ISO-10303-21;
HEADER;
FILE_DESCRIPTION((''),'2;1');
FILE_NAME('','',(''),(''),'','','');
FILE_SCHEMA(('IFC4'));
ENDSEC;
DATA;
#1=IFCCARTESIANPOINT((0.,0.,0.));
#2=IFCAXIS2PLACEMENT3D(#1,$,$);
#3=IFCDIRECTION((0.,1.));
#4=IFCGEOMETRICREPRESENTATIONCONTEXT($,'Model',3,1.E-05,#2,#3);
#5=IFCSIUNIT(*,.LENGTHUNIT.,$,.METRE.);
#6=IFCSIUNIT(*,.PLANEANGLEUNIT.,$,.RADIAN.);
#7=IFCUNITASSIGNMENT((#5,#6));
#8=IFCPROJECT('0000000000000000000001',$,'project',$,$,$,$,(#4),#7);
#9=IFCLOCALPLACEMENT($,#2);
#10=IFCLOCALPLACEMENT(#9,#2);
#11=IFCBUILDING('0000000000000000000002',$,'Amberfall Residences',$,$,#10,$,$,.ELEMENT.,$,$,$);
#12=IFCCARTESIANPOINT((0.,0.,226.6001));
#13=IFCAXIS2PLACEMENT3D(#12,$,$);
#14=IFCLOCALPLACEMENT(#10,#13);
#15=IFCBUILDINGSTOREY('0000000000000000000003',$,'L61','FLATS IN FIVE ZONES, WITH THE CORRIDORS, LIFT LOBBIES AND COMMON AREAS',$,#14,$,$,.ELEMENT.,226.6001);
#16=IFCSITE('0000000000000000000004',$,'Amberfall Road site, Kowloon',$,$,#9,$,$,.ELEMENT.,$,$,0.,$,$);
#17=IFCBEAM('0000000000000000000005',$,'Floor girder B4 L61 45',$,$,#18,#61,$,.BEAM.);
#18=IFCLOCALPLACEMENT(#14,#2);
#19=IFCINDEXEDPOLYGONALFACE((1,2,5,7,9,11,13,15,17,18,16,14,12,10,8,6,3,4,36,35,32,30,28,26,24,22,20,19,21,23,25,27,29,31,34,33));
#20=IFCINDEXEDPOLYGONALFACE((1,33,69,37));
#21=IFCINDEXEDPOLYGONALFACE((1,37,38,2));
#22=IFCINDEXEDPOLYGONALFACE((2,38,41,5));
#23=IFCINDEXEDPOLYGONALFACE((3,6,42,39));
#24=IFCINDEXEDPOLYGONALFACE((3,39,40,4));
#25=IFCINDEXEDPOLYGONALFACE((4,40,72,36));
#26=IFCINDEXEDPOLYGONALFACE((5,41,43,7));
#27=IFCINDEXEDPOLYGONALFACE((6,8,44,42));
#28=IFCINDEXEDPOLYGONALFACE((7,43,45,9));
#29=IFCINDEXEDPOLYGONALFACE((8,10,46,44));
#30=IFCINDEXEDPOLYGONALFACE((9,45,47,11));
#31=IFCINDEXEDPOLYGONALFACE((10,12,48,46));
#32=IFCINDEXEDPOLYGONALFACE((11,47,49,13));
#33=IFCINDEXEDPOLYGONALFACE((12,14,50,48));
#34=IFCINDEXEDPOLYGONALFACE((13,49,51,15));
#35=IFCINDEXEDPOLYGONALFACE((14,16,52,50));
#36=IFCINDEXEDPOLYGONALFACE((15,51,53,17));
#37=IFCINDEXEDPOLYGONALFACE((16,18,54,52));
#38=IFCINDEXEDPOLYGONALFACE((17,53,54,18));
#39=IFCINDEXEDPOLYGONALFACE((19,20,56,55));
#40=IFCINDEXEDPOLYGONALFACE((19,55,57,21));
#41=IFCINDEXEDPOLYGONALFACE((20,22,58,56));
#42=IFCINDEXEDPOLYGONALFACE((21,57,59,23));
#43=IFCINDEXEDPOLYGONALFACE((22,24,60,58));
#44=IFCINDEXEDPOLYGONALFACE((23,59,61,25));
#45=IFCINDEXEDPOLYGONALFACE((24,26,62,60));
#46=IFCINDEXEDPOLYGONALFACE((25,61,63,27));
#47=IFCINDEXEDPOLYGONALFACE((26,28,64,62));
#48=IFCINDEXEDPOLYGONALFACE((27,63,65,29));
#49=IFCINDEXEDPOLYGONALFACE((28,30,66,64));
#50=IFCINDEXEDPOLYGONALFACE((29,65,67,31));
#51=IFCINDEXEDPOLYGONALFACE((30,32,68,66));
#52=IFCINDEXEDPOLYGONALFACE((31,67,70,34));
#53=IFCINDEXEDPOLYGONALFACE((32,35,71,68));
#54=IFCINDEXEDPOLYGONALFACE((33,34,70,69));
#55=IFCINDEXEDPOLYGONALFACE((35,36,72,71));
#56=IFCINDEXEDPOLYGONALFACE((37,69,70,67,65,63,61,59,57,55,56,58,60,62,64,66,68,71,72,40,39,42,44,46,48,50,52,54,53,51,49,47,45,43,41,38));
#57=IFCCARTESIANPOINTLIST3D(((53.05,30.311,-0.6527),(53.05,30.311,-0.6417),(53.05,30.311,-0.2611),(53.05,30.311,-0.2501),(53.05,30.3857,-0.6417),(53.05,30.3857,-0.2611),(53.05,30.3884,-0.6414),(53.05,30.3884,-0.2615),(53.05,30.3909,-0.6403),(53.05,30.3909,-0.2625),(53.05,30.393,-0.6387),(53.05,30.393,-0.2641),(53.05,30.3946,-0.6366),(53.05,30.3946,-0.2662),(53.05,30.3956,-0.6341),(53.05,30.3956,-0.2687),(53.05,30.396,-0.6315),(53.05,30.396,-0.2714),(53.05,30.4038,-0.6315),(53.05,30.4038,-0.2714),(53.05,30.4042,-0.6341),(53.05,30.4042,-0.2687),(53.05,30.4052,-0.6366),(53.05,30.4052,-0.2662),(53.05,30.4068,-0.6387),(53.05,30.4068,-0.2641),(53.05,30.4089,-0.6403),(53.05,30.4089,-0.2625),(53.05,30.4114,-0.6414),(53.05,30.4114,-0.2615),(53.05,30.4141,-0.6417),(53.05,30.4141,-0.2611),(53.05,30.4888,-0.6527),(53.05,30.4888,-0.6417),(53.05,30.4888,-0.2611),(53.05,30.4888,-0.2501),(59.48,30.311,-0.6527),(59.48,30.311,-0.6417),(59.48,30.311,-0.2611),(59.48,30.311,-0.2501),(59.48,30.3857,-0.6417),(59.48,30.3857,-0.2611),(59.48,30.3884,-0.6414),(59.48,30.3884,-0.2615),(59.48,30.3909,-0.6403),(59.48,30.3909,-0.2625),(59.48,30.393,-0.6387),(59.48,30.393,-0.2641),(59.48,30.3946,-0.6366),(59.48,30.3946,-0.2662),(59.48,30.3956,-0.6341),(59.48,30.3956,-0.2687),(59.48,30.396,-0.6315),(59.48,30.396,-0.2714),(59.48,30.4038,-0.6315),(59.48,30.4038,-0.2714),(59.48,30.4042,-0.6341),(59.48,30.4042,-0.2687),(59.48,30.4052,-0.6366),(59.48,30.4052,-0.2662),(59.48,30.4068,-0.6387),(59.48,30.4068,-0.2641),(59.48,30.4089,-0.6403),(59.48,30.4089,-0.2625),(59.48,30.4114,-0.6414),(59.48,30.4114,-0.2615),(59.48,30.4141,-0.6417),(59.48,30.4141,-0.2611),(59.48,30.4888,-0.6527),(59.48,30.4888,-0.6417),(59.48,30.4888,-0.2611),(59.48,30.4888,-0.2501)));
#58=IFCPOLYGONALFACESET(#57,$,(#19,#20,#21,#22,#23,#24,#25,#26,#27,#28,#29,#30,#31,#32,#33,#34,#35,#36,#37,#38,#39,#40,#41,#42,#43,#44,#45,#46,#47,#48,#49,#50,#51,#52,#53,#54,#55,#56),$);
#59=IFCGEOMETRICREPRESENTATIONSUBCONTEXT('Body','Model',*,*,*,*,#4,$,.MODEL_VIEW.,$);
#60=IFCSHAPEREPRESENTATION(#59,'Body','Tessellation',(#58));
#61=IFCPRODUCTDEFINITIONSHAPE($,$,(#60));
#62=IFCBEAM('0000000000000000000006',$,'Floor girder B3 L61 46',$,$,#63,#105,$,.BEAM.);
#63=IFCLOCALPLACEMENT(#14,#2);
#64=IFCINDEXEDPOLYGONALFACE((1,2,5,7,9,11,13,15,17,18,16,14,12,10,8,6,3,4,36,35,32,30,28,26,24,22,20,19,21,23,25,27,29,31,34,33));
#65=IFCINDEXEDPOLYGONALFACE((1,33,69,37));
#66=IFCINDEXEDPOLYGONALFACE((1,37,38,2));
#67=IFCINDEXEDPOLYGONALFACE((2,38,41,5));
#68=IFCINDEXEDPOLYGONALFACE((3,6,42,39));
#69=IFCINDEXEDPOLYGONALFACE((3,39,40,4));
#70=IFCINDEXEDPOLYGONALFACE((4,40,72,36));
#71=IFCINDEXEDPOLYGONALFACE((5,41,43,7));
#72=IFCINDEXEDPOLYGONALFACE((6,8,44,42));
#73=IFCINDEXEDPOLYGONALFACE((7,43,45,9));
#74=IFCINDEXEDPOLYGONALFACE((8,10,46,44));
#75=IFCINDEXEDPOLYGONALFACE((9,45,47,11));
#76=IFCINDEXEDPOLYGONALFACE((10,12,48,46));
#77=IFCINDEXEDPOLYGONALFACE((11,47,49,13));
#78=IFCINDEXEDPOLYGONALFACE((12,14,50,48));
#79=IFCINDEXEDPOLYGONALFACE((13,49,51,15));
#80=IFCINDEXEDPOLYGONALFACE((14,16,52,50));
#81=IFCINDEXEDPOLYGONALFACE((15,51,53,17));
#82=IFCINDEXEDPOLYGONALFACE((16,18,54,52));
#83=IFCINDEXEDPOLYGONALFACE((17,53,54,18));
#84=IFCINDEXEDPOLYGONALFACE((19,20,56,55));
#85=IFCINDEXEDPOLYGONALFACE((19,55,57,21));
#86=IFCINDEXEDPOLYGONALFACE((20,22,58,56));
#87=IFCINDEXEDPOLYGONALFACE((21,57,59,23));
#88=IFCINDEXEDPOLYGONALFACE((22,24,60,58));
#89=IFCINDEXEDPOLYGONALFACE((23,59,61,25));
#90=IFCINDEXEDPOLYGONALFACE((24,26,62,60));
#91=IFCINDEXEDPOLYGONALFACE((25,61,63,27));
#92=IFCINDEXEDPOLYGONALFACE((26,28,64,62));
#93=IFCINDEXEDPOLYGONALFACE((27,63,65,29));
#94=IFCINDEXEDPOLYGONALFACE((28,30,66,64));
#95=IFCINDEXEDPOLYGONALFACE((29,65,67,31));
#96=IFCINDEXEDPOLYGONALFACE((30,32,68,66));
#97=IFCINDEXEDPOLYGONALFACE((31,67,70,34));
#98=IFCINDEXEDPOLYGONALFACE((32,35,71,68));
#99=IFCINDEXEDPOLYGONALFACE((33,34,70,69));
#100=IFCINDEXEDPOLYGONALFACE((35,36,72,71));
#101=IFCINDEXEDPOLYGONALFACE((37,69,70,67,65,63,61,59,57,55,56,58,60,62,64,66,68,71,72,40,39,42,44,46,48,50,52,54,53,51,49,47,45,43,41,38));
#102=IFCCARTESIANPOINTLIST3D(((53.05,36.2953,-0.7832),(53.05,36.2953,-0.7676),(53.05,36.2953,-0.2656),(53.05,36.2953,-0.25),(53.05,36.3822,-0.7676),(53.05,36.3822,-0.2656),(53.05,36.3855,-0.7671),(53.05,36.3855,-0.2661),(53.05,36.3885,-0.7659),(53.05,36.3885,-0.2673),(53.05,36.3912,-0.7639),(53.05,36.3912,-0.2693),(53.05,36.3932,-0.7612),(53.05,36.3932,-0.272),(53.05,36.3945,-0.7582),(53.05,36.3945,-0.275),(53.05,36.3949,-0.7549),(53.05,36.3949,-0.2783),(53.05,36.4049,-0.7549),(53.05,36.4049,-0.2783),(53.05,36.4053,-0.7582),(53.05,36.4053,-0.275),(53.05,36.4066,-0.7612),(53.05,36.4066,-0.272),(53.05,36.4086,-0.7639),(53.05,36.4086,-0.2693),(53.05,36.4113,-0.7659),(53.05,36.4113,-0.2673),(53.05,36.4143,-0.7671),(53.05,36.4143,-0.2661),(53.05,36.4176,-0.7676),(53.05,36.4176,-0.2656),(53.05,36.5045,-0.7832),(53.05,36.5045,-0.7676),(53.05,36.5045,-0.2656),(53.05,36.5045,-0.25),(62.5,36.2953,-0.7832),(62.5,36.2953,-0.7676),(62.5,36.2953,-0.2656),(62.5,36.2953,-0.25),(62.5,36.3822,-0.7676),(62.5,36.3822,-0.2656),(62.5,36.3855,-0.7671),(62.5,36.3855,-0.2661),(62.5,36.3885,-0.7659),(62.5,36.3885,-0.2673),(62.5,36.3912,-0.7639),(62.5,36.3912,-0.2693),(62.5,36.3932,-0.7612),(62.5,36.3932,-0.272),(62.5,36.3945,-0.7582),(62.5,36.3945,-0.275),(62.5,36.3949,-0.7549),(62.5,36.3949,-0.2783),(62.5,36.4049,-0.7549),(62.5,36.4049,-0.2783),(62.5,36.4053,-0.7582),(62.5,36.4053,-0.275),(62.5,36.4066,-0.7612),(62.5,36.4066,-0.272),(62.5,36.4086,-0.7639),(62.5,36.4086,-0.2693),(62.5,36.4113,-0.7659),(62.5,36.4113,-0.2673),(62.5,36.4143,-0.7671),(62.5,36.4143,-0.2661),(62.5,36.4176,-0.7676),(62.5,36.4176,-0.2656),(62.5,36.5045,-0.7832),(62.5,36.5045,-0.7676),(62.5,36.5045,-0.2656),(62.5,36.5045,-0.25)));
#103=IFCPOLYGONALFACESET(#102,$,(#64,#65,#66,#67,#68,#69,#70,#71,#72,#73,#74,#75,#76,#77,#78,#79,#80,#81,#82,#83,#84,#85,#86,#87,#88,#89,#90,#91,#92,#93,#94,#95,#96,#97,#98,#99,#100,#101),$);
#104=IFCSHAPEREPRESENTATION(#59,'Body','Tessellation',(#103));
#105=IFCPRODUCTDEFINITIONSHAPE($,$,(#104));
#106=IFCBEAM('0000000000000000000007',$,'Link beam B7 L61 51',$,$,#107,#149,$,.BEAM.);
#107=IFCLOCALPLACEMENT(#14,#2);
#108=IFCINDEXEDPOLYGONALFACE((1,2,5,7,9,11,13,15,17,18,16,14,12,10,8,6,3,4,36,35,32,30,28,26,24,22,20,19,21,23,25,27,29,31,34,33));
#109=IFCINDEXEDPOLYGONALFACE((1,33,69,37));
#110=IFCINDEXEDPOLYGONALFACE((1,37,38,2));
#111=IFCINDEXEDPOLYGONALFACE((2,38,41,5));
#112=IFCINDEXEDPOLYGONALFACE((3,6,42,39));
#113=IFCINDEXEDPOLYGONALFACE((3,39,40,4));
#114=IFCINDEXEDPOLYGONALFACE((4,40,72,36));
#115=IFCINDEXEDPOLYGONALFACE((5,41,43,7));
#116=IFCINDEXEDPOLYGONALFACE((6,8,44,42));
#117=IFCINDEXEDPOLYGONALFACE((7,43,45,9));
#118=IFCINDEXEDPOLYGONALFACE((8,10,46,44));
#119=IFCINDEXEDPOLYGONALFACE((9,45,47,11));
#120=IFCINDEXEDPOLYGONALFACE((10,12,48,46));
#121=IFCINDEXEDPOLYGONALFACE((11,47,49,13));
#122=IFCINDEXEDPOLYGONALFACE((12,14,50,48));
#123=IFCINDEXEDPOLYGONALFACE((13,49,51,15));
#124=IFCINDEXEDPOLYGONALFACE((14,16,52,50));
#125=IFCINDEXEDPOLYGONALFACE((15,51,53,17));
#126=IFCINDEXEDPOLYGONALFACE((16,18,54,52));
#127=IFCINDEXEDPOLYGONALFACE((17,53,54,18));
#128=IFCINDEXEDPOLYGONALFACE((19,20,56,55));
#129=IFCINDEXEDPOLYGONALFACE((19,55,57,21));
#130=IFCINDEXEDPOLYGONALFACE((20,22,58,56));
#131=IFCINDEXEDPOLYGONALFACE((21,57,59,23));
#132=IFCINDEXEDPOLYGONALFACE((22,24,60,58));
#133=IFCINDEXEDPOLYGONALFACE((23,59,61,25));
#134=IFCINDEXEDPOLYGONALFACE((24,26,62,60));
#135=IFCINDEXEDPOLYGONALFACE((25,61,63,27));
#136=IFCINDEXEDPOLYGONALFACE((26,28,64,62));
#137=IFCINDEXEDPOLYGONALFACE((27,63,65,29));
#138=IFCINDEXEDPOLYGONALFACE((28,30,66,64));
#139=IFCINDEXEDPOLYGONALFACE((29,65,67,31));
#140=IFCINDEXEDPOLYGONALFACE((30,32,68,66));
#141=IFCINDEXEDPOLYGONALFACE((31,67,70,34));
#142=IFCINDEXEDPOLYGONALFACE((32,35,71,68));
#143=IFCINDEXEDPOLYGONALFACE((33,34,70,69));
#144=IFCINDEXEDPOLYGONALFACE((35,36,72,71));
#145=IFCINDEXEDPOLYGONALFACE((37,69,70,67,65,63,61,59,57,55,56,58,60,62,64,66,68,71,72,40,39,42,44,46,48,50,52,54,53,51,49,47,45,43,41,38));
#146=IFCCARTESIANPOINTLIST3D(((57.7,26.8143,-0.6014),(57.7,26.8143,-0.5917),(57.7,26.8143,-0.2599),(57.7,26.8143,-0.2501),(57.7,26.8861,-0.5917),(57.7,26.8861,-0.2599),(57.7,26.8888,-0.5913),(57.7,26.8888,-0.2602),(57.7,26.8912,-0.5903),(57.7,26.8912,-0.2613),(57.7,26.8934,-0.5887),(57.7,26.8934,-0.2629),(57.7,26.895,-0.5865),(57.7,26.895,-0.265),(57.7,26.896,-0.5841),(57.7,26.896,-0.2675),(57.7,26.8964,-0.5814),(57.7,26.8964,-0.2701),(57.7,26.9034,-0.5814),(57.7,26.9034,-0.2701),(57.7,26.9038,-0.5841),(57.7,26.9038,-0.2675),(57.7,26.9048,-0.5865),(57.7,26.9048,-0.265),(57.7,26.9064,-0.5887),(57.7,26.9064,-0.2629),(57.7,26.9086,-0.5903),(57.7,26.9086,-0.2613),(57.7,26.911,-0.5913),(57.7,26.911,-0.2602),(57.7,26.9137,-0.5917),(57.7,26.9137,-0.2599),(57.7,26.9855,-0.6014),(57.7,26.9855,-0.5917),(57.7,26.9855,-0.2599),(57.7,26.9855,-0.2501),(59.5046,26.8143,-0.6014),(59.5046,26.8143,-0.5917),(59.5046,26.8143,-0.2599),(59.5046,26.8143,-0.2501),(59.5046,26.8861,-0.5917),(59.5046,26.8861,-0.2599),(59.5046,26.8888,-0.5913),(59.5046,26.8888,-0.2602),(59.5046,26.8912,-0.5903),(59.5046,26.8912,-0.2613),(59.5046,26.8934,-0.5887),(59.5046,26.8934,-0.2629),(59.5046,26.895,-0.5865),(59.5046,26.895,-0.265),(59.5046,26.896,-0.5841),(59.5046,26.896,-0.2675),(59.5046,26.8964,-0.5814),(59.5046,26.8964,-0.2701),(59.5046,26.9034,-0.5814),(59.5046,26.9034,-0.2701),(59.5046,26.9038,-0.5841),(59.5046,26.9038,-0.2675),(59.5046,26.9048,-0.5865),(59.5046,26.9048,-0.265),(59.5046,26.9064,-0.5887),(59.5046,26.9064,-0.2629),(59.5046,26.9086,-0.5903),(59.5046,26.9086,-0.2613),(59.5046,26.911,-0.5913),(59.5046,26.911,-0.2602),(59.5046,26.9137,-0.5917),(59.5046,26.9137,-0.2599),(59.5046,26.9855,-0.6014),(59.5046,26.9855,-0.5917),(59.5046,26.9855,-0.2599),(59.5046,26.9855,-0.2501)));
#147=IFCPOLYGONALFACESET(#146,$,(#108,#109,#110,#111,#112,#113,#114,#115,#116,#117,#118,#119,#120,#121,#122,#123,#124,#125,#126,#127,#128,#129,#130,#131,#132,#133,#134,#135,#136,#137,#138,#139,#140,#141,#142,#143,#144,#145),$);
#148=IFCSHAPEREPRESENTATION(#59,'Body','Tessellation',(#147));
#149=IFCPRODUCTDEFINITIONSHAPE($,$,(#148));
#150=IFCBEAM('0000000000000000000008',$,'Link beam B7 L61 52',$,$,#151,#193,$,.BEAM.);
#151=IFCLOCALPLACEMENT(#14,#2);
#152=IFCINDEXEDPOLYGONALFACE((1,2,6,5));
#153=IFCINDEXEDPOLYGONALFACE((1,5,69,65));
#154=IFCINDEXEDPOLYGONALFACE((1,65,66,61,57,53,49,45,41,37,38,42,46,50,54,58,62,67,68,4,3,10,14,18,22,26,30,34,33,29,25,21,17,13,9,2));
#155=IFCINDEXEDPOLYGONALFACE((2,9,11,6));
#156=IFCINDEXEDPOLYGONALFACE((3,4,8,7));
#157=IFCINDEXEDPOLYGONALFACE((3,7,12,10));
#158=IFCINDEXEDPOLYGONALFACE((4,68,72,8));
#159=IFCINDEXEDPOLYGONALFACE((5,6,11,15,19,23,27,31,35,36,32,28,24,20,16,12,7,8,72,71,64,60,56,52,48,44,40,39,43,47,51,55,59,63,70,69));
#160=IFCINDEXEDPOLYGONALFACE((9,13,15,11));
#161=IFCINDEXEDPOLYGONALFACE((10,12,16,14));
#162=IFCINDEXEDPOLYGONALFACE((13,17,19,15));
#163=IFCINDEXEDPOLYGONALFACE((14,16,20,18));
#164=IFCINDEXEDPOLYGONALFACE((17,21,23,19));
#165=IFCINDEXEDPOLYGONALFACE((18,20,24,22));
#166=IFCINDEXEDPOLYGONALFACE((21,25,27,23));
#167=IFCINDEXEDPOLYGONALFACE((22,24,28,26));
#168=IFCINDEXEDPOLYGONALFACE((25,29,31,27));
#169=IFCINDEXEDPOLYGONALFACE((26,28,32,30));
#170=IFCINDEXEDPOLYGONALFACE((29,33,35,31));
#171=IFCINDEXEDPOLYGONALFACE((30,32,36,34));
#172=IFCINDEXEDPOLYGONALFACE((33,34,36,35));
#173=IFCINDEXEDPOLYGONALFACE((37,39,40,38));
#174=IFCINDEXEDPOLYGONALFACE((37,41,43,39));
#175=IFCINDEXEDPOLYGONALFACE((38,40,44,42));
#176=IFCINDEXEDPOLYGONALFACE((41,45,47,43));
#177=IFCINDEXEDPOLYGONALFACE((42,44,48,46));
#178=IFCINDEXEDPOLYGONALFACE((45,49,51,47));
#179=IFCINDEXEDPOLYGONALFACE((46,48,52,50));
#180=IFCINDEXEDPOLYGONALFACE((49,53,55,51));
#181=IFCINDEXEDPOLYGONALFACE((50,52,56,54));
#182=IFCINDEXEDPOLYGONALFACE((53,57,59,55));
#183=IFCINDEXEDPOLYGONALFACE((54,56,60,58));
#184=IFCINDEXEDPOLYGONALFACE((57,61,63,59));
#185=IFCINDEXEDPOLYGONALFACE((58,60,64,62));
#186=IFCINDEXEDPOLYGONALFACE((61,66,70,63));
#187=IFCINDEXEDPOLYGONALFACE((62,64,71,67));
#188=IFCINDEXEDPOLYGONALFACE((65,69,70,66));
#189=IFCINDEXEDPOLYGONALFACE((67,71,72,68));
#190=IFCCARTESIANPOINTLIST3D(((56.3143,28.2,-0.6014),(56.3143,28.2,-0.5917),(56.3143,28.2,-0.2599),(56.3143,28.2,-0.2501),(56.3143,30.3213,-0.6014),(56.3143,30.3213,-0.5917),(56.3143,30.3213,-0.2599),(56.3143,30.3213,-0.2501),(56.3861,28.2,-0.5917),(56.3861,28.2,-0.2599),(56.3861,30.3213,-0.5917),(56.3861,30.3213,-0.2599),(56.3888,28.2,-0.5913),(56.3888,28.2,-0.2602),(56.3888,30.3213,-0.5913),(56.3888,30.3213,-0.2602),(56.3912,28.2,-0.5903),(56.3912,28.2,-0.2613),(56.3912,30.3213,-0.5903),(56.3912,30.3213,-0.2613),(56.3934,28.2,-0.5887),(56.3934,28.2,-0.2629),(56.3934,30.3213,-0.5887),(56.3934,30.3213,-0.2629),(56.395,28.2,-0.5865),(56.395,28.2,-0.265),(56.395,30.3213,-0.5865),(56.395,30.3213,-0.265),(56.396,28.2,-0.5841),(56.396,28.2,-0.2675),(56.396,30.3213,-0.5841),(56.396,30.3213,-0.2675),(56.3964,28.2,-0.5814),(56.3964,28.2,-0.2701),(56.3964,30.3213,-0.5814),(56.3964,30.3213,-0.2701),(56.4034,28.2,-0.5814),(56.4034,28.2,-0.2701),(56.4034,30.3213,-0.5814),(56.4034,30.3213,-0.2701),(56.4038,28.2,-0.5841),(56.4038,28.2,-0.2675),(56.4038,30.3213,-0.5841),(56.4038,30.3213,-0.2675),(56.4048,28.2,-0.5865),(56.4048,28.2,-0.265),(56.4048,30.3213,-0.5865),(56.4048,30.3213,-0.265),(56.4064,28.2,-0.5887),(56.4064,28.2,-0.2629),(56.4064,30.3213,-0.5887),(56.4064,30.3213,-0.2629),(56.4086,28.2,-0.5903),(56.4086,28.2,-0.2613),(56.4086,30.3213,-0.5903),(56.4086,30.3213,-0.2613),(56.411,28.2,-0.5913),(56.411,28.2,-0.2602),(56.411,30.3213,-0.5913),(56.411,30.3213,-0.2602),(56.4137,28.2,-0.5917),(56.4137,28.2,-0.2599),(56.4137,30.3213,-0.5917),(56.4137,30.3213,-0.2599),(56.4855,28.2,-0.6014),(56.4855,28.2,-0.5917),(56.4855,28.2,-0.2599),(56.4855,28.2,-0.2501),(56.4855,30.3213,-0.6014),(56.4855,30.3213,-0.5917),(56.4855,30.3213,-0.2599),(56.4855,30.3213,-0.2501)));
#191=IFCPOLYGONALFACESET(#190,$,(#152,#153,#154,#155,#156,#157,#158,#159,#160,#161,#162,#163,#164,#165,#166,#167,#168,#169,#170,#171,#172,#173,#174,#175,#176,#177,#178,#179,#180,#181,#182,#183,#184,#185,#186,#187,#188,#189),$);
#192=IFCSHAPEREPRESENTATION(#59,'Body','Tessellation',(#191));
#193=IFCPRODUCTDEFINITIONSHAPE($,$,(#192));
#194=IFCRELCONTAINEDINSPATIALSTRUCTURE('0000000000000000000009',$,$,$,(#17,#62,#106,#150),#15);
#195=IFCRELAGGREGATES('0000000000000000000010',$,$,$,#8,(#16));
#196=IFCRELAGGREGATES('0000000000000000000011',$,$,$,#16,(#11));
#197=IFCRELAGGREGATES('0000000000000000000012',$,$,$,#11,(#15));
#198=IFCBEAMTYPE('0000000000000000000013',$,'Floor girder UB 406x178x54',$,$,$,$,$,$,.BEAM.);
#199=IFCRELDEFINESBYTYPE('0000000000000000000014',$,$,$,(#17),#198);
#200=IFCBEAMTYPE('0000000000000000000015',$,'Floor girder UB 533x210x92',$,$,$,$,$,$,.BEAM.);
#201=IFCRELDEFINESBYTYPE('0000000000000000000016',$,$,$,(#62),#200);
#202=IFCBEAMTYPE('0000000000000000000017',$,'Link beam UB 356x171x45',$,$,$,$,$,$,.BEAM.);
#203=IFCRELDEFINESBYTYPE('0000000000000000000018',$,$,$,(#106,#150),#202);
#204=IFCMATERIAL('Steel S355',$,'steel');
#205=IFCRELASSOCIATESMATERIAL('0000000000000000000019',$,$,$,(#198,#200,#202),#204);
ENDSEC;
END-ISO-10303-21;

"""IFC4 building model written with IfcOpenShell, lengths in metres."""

from ifc_helpers import new_model, si_unit, direction, frame, origin, origin_2d, place, context, subcontext, project, spatial, i_section, extrude, material, material_profile, profile_set, type_object, element, save


model = new_model("IFC4")

# Units and contexts
model_context = context("Model", 3, precision=1e-05, world=origin(), true_north=direction((0.0, 1.0)))
body_context = subcontext(model_context, "Body", "Model", "MODEL_VIEW")
ifc_project = project(units=[si_unit("LENGTHUNIT", "METRE"), si_unit("PLANEANGLEUNIT", "RADIAN")], contexts=[model_context])

# Site, building, storey
site_placement = place(None, origin())
site = spatial("IfcSite", under=ifc_project, at=site_placement, Name="Amberfall Road site, Kowloon", CompositionType="ELEMENT", RefElevation=0.0)
building_placement = place(site_placement, origin())
building = spatial("IfcBuilding", under=site, at=building_placement, Name="Amberfall Residences", CompositionType="ELEMENT")
storey_placement = place(building_placement, frame((0.0, 0.0, 226.6001)))
storey = spatial("IfcBuildingStorey", under=building, at=storey_placement, Name="L61", Description="FLATS IN FIVE ZONES, WITH THE CORRIDORS, LIFT LOBBIES AND COMMON AREAS", CompositionType="ELEMENT", Elevation=226.6001)

# Beams
ifc_material_1 = material(Name="Steel S355", Category="steel")
ifc_material_profile_1 = material_profile(ifc_material_1, i_section(OverallWidth=0.1777, OverallDepth=0.4026, WebThickness=0.0078, FlangeThickness=0.011, FilletRadius=0.0103, at=origin_2d()), Name="UB 406x178x54")
ifc_profile_set_1 = profile_set([ifc_material_profile_1], Name="Steel S355")
beam_type_1 = type_object("IfcBeamType", Name="Floor girder UB 406x178x54", PredefinedType="BEAM", material=ifc_profile_set_1)
beam_1_placement = place(storey_placement, frame((53.05, 30.3999, -0.4514), z_axis=(1.0, 0.0, 0.0), x_axis=(0.0, 1.0, 0.0)))
element("IfcBeam", 1, at=beam_1_placement, inside=storey, type_object=beam_type_1, Name="Floor girder B4 L61 45", PredefinedType="BEAM", context=body_context, shape_type="SweptSolid", body=[
    extrude(i_section(OverallWidth=0.1777, OverallDepth=0.4026, WebThickness=0.0078, FlangeThickness=0.011, FilletRadius=0.0103, at=origin_2d()), origin(), (0.0, 0.0, 1.0), 6.4299),
])
ifc_material_profile_2 = material_profile(ifc_material_1, i_section(OverallWidth=0.2092, OverallDepth=0.5332, WebThickness=0.01, FlangeThickness=0.0156, FilletRadius=0.0127, at=origin_2d()), Name="UB 533x210x92")
ifc_profile_set_2 = profile_set([ifc_material_profile_2], Name="Steel S355")
beam_type_2 = type_object("IfcBeamType", Name="Floor girder UB 533x210x92", PredefinedType="BEAM", material=ifc_profile_set_2)
beam_2_placement = place(storey_placement, frame((53.05, 36.3999, -0.5166), z_axis=(1.0, 0.0, 0.0), x_axis=(0.0, 1.0, 0.0)))
element("IfcBeam", 2, at=beam_2_placement, inside=storey, type_object=beam_type_2, Name="Floor girder B3 L61 46", PredefinedType="BEAM", context=body_context, shape_type="SweptSolid", body=[
    extrude(i_section(OverallWidth=0.2092, OverallDepth=0.5332, WebThickness=0.01, FlangeThickness=0.0156, FilletRadius=0.0127, at=origin_2d()), origin(), (0.0, 0.0, 1.0), 9.45),
])
ifc_material_profile_3 = material_profile(ifc_material_1, i_section(OverallWidth=0.1711, OverallDepth=0.3513, WebThickness=0.0071, FlangeThickness=0.0098, FilletRadius=0.0103, at=origin_2d()), Name="UB 356x171x45")
ifc_profile_set_3 = profile_set([ifc_material_profile_3], Name="Steel S355")
beam_type_3 = type_object("IfcBeamType", Name="Link beam UB 356x171x45", PredefinedType="BEAM", material=ifc_profile_set_3)
beam_3_placement = place(storey_placement, frame((57.7, 26.8999, -0.4258), z_axis=(1.0, 0.0, 0.0), x_axis=(0.0, 1.0, 0.0)))
element("IfcBeam", 3, at=beam_3_placement, inside=storey, type_object=beam_type_3, Name="Link beam B7 L61 51", PredefinedType="BEAM", context=body_context, shape_type="SweptSolid", body=[
    extrude(i_section(OverallWidth=0.1711, OverallDepth=0.3513, WebThickness=0.0071, FlangeThickness=0.0098, FilletRadius=0.0103, at=origin_2d()), origin(), (0.0, 0.0, 1.0), 1.8047),
])
beam_4_placement = place(storey_placement, frame((56.3999, 28.2, -0.4258), z_axis=(0.0, 1.0, 0.0), x_axis=(-1.0, 0.0, 0.0)))
element("IfcBeam", 4, at=beam_4_placement, inside=storey, type_object=beam_type_3, Name="Link beam B7 L61 52", PredefinedType="BEAM", context=body_context, shape_type="SweptSolid", body=[
    extrude(i_section(OverallWidth=0.1711, OverallDepth=0.3513, WebThickness=0.0071, FlangeThickness=0.0098, FilletRadius=0.0103, at=origin_2d()), origin(), (0.0, 0.0, 1.0), 2.1213),
])

save(model, "model.ifc")
